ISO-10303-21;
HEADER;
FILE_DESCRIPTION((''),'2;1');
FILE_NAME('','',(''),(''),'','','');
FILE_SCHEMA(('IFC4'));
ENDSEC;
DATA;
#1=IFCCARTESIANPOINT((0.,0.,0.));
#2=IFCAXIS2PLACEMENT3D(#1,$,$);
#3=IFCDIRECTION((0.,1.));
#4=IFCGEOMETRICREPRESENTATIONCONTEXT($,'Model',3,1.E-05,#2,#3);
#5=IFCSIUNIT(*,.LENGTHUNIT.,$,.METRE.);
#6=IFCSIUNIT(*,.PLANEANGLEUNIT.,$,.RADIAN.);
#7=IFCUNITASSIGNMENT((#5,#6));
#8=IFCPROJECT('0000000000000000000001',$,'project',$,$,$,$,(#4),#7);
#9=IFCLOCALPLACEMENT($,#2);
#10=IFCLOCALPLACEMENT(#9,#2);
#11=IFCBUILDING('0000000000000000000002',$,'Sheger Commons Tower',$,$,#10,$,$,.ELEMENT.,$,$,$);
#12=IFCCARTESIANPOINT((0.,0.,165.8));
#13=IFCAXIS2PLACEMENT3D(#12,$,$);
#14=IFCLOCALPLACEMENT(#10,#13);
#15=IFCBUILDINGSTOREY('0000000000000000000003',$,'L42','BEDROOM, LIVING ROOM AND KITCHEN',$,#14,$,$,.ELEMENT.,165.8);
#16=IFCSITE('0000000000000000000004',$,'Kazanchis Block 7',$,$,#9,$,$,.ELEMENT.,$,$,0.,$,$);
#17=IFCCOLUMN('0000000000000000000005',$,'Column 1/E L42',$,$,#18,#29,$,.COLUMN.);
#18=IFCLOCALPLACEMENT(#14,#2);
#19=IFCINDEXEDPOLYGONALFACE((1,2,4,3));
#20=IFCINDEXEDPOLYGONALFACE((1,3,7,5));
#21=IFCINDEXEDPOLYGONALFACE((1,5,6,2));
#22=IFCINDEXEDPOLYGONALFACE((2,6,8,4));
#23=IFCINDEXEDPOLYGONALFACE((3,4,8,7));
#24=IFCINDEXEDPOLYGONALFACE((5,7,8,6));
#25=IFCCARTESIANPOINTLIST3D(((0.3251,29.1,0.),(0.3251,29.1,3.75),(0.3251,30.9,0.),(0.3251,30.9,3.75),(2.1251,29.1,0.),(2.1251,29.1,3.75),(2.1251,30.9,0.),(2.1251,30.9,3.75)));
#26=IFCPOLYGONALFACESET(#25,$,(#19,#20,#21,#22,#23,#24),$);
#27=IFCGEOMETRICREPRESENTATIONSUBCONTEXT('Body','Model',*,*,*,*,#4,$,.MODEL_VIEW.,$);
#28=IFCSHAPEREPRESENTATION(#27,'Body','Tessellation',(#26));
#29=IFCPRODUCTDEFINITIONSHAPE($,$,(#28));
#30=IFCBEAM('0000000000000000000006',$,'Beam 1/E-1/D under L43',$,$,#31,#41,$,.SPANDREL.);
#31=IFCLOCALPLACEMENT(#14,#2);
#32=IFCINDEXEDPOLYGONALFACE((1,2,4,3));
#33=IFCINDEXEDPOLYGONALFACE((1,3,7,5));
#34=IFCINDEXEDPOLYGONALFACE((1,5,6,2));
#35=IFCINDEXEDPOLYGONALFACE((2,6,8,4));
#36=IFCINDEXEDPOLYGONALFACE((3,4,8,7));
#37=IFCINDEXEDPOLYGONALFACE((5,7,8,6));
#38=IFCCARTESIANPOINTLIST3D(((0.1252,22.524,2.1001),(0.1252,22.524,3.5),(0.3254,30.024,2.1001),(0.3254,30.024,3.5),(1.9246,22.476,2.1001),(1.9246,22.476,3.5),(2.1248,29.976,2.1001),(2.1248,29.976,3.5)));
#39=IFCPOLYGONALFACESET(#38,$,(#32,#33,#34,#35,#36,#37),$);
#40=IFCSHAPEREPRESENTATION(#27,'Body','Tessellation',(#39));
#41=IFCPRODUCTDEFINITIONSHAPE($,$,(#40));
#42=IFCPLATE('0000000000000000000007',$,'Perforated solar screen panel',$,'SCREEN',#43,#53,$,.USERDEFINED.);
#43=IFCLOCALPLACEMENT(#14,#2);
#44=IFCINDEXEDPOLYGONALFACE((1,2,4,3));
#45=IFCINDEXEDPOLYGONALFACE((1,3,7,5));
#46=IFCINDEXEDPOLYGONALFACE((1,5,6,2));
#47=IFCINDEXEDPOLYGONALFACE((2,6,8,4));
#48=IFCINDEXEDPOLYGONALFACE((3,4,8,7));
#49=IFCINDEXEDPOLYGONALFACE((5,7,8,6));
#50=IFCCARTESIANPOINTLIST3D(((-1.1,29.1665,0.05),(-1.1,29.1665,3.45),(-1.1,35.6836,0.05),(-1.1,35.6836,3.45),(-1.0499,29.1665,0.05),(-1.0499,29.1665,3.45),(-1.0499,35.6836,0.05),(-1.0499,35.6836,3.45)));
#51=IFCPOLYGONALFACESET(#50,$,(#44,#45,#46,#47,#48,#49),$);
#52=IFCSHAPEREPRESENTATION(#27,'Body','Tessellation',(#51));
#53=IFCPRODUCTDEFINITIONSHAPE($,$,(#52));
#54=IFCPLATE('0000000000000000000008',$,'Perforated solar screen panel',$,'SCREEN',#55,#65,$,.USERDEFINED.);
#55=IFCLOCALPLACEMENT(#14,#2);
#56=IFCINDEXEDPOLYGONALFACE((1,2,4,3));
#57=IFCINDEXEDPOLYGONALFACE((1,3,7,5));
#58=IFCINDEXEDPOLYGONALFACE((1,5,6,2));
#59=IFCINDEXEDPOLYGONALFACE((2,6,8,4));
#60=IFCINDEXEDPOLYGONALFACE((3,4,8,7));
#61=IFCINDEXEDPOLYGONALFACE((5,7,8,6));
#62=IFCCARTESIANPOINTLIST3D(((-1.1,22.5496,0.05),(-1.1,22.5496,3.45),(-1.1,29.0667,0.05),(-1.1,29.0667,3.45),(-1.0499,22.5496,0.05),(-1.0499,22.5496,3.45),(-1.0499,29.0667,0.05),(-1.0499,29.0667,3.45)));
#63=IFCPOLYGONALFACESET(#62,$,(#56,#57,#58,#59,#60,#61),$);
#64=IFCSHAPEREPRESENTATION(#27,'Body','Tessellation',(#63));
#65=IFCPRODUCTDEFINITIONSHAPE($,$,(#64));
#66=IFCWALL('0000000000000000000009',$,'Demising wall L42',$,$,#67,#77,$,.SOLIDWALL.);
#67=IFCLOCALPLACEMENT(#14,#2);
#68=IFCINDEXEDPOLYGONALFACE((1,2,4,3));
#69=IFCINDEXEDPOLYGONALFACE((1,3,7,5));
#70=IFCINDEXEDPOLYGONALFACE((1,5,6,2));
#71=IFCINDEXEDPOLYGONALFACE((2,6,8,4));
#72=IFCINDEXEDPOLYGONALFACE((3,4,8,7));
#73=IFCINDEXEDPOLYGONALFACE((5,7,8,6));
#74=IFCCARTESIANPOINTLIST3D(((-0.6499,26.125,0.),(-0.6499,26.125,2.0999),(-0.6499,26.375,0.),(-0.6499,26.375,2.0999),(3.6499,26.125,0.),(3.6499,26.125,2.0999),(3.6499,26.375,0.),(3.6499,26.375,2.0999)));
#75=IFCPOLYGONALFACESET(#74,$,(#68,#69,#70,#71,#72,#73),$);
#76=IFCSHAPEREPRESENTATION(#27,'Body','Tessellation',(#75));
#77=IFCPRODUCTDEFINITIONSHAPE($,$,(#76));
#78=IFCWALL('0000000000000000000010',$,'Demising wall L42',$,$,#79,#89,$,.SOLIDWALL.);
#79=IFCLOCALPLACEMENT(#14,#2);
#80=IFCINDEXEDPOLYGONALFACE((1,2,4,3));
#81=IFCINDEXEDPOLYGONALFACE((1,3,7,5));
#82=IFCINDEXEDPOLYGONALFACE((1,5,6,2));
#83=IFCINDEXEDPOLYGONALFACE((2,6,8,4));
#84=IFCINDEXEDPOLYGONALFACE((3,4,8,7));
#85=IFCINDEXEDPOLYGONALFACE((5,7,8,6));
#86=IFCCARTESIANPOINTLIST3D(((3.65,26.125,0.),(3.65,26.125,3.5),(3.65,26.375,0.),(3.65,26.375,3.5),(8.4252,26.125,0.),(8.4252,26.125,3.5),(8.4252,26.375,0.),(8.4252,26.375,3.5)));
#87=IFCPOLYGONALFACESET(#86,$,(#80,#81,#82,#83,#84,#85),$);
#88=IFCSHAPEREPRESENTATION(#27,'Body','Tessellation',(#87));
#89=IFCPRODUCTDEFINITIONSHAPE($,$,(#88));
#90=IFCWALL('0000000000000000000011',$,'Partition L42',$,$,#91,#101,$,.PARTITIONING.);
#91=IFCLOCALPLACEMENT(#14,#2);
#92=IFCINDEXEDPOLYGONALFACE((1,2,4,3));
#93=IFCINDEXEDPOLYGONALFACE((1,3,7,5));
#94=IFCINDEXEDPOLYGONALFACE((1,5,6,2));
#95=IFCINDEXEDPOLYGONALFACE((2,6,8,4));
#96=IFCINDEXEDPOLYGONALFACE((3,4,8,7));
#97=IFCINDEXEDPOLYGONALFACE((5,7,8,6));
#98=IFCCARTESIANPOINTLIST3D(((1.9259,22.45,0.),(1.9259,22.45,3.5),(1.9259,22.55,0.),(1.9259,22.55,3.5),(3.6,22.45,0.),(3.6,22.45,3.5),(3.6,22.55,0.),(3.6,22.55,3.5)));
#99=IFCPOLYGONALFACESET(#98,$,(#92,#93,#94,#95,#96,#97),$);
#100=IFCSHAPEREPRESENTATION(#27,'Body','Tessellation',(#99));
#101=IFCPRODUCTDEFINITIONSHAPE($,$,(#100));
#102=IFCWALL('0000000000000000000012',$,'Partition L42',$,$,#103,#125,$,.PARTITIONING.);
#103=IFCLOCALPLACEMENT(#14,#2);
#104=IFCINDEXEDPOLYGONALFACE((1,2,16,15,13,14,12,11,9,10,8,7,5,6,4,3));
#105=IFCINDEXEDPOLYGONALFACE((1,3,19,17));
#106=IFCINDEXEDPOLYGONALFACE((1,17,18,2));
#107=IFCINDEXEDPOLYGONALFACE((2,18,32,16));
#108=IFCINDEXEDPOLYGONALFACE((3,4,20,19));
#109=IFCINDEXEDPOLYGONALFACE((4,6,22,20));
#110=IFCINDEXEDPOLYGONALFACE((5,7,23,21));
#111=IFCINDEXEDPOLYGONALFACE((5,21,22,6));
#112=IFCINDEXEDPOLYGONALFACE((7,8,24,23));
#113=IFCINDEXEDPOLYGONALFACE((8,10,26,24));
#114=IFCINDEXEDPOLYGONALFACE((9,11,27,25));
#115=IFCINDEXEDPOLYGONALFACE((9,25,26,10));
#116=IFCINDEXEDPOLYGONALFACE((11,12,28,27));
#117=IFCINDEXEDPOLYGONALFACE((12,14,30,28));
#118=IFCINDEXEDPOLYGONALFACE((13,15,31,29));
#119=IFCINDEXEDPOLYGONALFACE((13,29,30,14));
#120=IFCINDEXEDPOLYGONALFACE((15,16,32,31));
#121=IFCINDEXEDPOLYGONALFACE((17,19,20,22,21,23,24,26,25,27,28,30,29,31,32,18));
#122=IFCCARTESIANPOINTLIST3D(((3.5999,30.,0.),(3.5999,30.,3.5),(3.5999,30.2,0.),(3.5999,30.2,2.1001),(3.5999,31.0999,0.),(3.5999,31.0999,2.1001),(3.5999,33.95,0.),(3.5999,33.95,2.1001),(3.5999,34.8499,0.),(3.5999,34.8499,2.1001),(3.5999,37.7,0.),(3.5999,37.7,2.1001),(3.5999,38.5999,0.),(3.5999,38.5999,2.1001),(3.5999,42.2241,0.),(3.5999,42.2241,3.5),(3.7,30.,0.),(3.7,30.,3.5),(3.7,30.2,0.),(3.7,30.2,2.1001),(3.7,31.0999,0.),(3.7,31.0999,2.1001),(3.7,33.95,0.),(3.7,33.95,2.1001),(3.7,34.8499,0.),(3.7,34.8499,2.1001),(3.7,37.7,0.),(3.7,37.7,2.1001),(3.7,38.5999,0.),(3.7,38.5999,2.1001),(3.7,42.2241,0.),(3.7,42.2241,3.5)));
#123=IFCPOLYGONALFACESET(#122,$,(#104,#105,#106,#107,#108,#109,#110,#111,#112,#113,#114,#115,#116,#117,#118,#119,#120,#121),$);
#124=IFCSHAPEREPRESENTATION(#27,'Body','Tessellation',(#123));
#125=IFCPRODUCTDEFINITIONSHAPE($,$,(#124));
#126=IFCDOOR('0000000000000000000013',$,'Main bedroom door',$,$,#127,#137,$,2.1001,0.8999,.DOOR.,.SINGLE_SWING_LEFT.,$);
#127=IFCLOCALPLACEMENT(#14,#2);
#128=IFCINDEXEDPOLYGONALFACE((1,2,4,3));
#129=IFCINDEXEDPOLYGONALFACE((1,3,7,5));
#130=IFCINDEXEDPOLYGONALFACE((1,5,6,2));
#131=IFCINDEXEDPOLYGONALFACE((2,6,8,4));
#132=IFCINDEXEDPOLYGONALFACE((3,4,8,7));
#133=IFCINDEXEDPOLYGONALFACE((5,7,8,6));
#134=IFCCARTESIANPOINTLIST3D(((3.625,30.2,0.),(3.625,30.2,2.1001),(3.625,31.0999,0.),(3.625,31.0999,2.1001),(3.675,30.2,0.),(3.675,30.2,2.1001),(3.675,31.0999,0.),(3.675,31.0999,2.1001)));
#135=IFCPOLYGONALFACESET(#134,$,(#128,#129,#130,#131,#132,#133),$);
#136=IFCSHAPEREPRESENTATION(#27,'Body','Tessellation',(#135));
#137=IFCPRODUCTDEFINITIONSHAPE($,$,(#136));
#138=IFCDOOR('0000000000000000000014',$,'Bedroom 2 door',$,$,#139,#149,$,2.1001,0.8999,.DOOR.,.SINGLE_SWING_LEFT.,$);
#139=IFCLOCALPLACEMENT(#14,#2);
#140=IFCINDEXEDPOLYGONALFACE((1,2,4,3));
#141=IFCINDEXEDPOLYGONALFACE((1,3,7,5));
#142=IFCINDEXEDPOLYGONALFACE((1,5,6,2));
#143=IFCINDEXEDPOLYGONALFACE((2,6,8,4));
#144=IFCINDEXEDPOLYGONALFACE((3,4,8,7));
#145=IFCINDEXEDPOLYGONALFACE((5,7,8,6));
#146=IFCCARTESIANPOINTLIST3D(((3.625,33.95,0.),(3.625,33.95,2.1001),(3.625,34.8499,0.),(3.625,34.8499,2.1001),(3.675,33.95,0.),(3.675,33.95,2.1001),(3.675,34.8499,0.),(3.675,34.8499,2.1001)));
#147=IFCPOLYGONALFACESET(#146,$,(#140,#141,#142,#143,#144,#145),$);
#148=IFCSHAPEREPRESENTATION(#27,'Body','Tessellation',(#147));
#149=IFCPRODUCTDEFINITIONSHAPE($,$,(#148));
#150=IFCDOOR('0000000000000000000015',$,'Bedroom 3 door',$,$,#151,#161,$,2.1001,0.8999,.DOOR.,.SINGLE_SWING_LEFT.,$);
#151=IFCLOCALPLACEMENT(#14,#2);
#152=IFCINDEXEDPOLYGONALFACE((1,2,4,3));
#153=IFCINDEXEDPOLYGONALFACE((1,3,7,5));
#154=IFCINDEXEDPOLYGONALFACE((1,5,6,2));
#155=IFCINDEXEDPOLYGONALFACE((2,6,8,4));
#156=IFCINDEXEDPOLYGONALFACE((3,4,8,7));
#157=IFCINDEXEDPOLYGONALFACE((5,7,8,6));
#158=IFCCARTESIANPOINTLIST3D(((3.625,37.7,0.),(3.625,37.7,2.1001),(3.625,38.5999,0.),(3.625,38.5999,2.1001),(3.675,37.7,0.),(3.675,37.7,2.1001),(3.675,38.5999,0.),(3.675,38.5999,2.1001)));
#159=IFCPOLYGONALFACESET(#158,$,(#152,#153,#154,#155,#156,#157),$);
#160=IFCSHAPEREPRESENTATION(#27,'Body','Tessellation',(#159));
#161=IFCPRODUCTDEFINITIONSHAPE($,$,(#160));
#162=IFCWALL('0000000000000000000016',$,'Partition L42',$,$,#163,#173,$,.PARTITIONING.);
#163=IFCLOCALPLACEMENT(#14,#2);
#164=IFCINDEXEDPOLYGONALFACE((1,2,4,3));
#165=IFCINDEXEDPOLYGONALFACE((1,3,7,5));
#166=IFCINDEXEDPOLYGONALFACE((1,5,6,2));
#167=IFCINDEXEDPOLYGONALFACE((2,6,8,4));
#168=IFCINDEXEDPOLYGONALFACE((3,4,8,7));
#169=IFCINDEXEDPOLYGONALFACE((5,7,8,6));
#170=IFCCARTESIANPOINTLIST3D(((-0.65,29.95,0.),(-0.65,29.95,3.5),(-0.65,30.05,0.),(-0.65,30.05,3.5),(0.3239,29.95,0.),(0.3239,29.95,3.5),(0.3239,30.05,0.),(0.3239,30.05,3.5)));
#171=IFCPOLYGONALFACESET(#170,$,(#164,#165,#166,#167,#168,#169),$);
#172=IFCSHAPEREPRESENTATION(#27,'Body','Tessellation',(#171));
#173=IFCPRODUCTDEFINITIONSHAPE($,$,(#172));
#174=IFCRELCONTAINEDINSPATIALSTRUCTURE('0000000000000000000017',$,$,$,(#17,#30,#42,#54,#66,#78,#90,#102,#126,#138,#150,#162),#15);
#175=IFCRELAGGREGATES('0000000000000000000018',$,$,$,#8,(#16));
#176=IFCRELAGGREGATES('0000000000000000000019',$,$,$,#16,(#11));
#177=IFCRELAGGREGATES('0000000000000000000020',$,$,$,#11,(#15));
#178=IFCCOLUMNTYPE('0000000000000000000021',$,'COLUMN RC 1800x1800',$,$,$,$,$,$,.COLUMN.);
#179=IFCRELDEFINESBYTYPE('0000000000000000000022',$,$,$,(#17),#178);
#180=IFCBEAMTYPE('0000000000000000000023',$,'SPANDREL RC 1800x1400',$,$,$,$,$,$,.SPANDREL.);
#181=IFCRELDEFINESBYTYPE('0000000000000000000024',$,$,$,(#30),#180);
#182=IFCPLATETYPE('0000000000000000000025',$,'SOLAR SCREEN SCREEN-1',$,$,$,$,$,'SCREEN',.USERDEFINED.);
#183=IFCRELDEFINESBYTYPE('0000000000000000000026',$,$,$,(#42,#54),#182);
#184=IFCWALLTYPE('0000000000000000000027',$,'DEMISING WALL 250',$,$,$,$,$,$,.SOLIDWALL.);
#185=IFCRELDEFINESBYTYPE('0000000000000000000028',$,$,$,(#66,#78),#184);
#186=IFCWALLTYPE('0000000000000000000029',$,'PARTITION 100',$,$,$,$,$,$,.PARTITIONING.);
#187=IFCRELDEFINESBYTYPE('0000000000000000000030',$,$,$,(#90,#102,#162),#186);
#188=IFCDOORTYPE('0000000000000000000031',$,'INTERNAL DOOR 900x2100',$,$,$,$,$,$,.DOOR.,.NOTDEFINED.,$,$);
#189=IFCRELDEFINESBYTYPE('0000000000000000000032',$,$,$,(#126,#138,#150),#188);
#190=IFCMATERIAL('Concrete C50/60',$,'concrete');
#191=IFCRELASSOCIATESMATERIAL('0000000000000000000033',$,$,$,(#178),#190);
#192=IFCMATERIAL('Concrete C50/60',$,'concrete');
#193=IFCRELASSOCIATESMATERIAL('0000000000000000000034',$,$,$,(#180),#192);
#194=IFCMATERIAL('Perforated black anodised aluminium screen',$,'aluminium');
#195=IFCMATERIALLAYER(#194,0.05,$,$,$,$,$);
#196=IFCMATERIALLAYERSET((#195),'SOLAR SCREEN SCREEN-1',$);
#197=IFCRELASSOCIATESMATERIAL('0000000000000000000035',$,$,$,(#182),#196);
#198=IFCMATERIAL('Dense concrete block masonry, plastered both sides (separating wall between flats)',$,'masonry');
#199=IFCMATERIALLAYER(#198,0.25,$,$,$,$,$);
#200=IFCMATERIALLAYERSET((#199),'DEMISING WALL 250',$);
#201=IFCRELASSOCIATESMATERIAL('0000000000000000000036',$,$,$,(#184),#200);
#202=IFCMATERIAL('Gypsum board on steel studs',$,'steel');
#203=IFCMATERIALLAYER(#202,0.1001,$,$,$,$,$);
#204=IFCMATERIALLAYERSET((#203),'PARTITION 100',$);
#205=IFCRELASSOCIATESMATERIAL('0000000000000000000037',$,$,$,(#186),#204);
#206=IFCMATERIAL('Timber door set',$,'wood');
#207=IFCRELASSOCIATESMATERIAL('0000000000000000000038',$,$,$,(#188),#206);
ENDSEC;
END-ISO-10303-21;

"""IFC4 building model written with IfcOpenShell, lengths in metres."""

from ifc_helpers import new_model, si_unit, direction, frame, frame_2d, origin, origin_2d, place, context, subcontext, project, spatial, rectangle, extrude, material, layer, layer_set, material_profile, profile_set, type_object, element, fill, save


model = new_model("IFC4")

# Units and contexts
model_context = context("Model", 3, precision=1e-05, world=origin(), true_north=direction((0.0, 1.0)))
body_context = subcontext(model_context, "Body", "Model", "MODEL_VIEW")
ifc_project = project(units=[si_unit("LENGTHUNIT", "METRE"), si_unit("PLANEANGLEUNIT", "RADIAN")], contexts=[model_context])

# Site, building, storey
site_placement = place(None, origin())
site = spatial("IfcSite", under=ifc_project, at=site_placement, Name="Kazanchis Block 7", CompositionType="ELEMENT", RefElevation=0.0)
building_placement = place(site_placement, origin())
building = spatial("IfcBuilding", under=site, at=building_placement, Name="Sheger Commons Tower", CompositionType="ELEMENT")
storey_placement = place(building_placement, frame((0.0, 0.0, 165.8)))
storey = spatial("IfcBuildingStorey", under=building, at=storey_placement, Name="L42", Description="BEDROOM, LIVING ROOM AND KITCHEN", CompositionType="ELEMENT", Elevation=165.8)

# Column
ifc_material_1 = material(Name="Concrete C50/60", Category="concrete")
ifc_material_profile_1 = material_profile(ifc_material_1, rectangle(XDim=1.8, YDim=1.8, at=origin_2d()), Name="RC 1800x1800")
ifc_profile_set_1 = profile_set([ifc_material_profile_1], Name="Concrete C50/60")
column_type = type_object("IfcColumnType", Name="COLUMN RC 1800x1800", PredefinedType="COLUMN", material=ifc_profile_set_1)
column_placement = place(storey_placement, frame((1.2251, 30.0, 0.0), z_axis=(0.0, 0.0, 1.0), x_axis=(1.0, 0.0, 0.0)))
element("IfcColumn", 1, at=column_placement, inside=storey, type_object=column_type, Name="Column 1/E L42", PredefinedType="COLUMN", context=body_context, shape_type="SweptSolid", body=[
    extrude(rectangle(XDim=1.8, YDim=1.8, at=origin_2d()), origin(), (0.0, 0.0, 1.0), 3.75),
])

# Beam
ifc_material_2 = material(Name="Concrete C50/60", Category="concrete")
ifc_material_profile_2 = material_profile(ifc_material_2, rectangle(XDim=1.8, YDim=1.3999, at=origin_2d()), Name="RC 1800x1400")
ifc_profile_set_2 = profile_set([ifc_material_profile_2], Name="Concrete C50/60")
beam_type = type_object("IfcBeamType", Name="SPANDREL RC 1800x1400", PredefinedType="SPANDREL", material=ifc_profile_set_2)
beam_placement = place(storey_placement, frame((1.2251, 30.0, 2.8), z_axis=(-0.026683, -0.999644, 0.0), x_axis=(0.999644, -0.026683, 0.0)))
element("IfcBeam", 2, at=beam_placement, inside=storey, type_object=beam_type, Name="Beam 1/E-1/D under L43", PredefinedType="SPANDREL", context=body_context, shape_type="SweptSolid", body=[
    extrude(rectangle(XDim=1.8, YDim=1.3999, at=origin_2d()), origin(), (0.0, 0.0, 1.0), 7.5027),
])

# Plates
ifc_material_3 = material(Name="Perforated black anodised aluminium screen", Category="aluminium")
ifc_layer_1 = layer(ifc_material_3, 0.05)
ifc_layer_set_1 = layer_set([ifc_layer_1], Name="SOLAR SCREEN SCREEN-1")
plate_type = type_object("IfcPlateType", Name="SOLAR SCREEN SCREEN-1", ElementType="SCREEN", PredefinedType="USERDEFINED", material=ifc_layer_set_1)
for number, where, z_axis, x_axis, name in (
    (3, (-1.075, 32.425, 0.05), (0.0, 0.0, 1.0), (0.0, -1.0, 0.0), "Perforated solar screen panel"),
    (4, (-1.075, 25.8081, 0.05), (0.0, 0.0, 1.0), (0.0, -1.0, 0.0), "Perforated solar screen panel"),
):
    element("IfcPlate", number, at=place(storey_placement, frame(where, z_axis=z_axis, x_axis=x_axis)), inside=storey, type_object=plate_type, Name=name, ObjectType="SCREEN", PredefinedType="USERDEFINED", context=body_context, shape_type="SweptSolid", body=[
        extrude(rectangle(XDim=6.5171, YDim=0.05, at=origin_2d()), origin(), (0.0, 0.0, 1.0), 3.3999),
    ])

# Walls
ifc_material_4 = material(Name="Dense concrete block masonry, plastered both sides (separating wall between flats)", Category="masonry")
ifc_layer_2 = layer(ifc_material_4, 0.25)
ifc_layer_set_2 = layer_set([ifc_layer_2], Name="DEMISING WALL 250")
wall_type_1 = type_object("IfcWallType", Name="DEMISING WALL 250", PredefinedType="SOLIDWALL", material=ifc_layer_set_2)
wall_1_placement = place(storey_placement, frame((-0.6499, 26.25, 0.0), z_axis=(0.0, 0.0, 1.0), x_axis=(1.0, 0.0, 0.0)))
element("IfcWall", 5, at=wall_1_placement, inside=storey, type_object=wall_type_1, Name="Demising wall L42", PredefinedType="SOLIDWALL", context=body_context, shape_type="SweptSolid", body=[
    extrude(rectangle(XDim=4.2998, YDim=0.25, at=frame_2d((2.1499, 0.0))), origin(), (0.0, 0.0, 1.0), 2.0999),
])
wall_2_placement = place(storey_placement, frame((3.6499, 26.25, 0.0), z_axis=(0.0, 0.0, 1.0), x_axis=(1.0, 0.0, 0.0)))
element("IfcWall", 6, at=wall_2_placement, inside=storey, type_object=wall_type_1, Name="Demising wall L42", PredefinedType="SOLIDWALL", context=body_context, shape_type="SweptSolid", body=[
    extrude(rectangle(XDim=4.7751, YDim=0.25, at=frame_2d((2.3877, 0.0))), origin(), (0.0, 0.0, 1.0), 3.5),
])
ifc_material_5 = material(Name="Gypsum board on steel studs", Category="steel")
ifc_layer_3 = layer(ifc_material_5, 0.1001)
ifc_layer_set_3 = layer_set([ifc_layer_3], Name="PARTITION 100")
wall_type_2 = type_object("IfcWallType", Name="PARTITION 100", PredefinedType="PARTITIONING", material=ifc_layer_set_3)
wall_3_placement = place(storey_placement, frame((1.926, 22.5, 0.0), z_axis=(0.0, 0.0, 1.0), x_axis=(1.0, 0.0, 0.0)))
element("IfcWall", 7, at=wall_3_placement, inside=storey, type_object=wall_type_2, Name="Partition L42", PredefinedType="PARTITIONING", context=body_context, shape_type="SweptSolid", body=[
    extrude(rectangle(XDim=1.6741, YDim=0.1001, at=frame_2d((0.8369, 0.0))), origin(), (0.0, 0.0, 1.0), 3.5),
])

# Wall, openings, doors
wall_4_placement = place(storey_placement, frame((3.6499, 30.0, 0.0), z_axis=(0.0, 0.0, 1.0), x_axis=(0.0, 1.0, 0.0)))
wall_4 = element("IfcWall", 8, at=wall_4_placement, inside=storey, type_object=wall_type_2, Name="Partition L42", PredefinedType="PARTITIONING", context=body_context, shape_type="SweptSolid", body=[
    extrude(rectangle(XDim=12.2241, YDim=0.1001, at=frame_2d((6.1121, 0.0))), origin(), (0.0, 0.0, 1.0), 3.5),
])
opening_1_placement = place(wall_4_placement, frame((0.2, 0.0, 0.0)))
opening_1 = element("IfcOpeningElement", 9, at=opening_1_placement, cuts=wall_4, PredefinedType="OPENING", context=body_context, shape_type="SweptSolid", body=[
    extrude(rectangle(XDim=0.8999, YDim=2.1001, at=frame_2d((0.45, 1.05))), frame((0.0, 0.0601, 0.0), z_axis=(0.0, -1.0, 0.0), x_axis=(1.0, 0.0, 0.0)), (0.0, 0.0, 1.0), 0.1201),
])
opening_2_placement = place(wall_4_placement, frame((3.95, 0.0, 0.0)))
opening_2 = element("IfcOpeningElement", 10, at=opening_2_placement, cuts=wall_4, PredefinedType="OPENING", context=body_context, shape_type="SweptSolid", body=[
    extrude(rectangle(XDim=0.8999, YDim=2.1001, at=frame_2d((0.45, 1.05))), frame((0.0, 0.0601, 0.0), z_axis=(0.0, -1.0, 0.0), x_axis=(1.0, 0.0, 0.0)), (0.0, 0.0, 1.0), 0.1201),
])
opening_3_placement = place(wall_4_placement, frame((7.7, 0.0, 0.0)))
opening_3 = element("IfcOpeningElement", 11, at=opening_3_placement, cuts=wall_4, PredefinedType="OPENING", context=body_context, shape_type="SweptSolid", body=[
    extrude(rectangle(XDim=0.8999, YDim=2.1001, at=frame_2d((0.45, 1.05))), frame((0.0, 0.0601, 0.0), z_axis=(0.0, -1.0, 0.0), x_axis=(1.0, 0.0, 0.0)), (0.0, 0.0, 1.0), 0.1201),
])
ifc_material_6 = material(Name="Timber door set", Category="wood")
door_type = type_object("IfcDoorType", Name="INTERNAL DOOR 900x2100", OperationType="NOTDEFINED", PredefinedType="DOOR", material=ifc_material_6)
door_1_placement = place(opening_1_placement, origin())
door_1 = element("IfcDoor", 12, at=door_1_placement, inside=storey, type_object=door_type, Name="Main bedroom door", OperationType="SINGLE_SWING_LEFT", OverallHeight=2.1001, OverallWidth=0.8999, PredefinedType="DOOR", context=body_context, shape_type="SweptSolid", body=[
    extrude(rectangle(XDim=0.8999, YDim=2.1001, at=frame_2d((0.45, 1.05))), frame((0.0, 0.0249, 0.0), z_axis=(0.0, -1.0, 0.0), x_axis=(1.0, 0.0, 0.0)), (0.0, 0.0, 1.0), 0.05),
])
fill(opening_1, door_1)
door_2_placement = place(opening_2_placement, origin())
door_2 = element("IfcDoor", 13, at=door_2_placement, inside=storey, type_object=door_type, Name="Bedroom 2 door", OperationType="SINGLE_SWING_LEFT", OverallHeight=2.1001, OverallWidth=0.8999, PredefinedType="DOOR", context=body_context, shape_type="SweptSolid", body=[
    extrude(rectangle(XDim=0.8999, YDim=2.1001, at=frame_2d((0.45, 1.05))), frame((0.0, 0.0249, 0.0), z_axis=(0.0, -1.0, 0.0), x_axis=(1.0, 0.0, 0.0)), (0.0, 0.0, 1.0), 0.05),
])
fill(opening_2, door_2)
door_3_placement = place(opening_3_placement, origin())
door_3 = element("IfcDoor", 14, at=door_3_placement, inside=storey, type_object=door_type, Name="Bedroom 3 door", OperationType="SINGLE_SWING_LEFT", OverallHeight=2.1001, OverallWidth=0.8999, PredefinedType="DOOR", context=body_context, shape_type="SweptSolid", body=[
    extrude(rectangle(XDim=0.8999, YDim=2.1001, at=frame_2d((0.45, 1.05))), frame((0.0, 0.0249, 0.0), z_axis=(0.0, -1.0, 0.0), x_axis=(1.0, 0.0, 0.0)), (0.0, 0.0, 1.0), 0.05),
])
fill(opening_3, door_3)

# Wall
wall_5_placement = place(storey_placement, frame((-0.6499, 30.0, 0.0), z_axis=(0.0, 0.0, 1.0), x_axis=(1.0, 0.0, 0.0)))
element("IfcWall", 15, at=wall_5_placement, inside=storey, type_object=wall_type_2, Name="Partition L42", PredefinedType="PARTITIONING", context=body_context, shape_type="SweptSolid", body=[
    extrude(rectangle(XDim=0.9739, YDim=0.1001, at=frame_2d((0.4868, 0.0))), origin(), (0.0, 0.0, 1.0), 3.5),
])

save(model, "model.ifc")
